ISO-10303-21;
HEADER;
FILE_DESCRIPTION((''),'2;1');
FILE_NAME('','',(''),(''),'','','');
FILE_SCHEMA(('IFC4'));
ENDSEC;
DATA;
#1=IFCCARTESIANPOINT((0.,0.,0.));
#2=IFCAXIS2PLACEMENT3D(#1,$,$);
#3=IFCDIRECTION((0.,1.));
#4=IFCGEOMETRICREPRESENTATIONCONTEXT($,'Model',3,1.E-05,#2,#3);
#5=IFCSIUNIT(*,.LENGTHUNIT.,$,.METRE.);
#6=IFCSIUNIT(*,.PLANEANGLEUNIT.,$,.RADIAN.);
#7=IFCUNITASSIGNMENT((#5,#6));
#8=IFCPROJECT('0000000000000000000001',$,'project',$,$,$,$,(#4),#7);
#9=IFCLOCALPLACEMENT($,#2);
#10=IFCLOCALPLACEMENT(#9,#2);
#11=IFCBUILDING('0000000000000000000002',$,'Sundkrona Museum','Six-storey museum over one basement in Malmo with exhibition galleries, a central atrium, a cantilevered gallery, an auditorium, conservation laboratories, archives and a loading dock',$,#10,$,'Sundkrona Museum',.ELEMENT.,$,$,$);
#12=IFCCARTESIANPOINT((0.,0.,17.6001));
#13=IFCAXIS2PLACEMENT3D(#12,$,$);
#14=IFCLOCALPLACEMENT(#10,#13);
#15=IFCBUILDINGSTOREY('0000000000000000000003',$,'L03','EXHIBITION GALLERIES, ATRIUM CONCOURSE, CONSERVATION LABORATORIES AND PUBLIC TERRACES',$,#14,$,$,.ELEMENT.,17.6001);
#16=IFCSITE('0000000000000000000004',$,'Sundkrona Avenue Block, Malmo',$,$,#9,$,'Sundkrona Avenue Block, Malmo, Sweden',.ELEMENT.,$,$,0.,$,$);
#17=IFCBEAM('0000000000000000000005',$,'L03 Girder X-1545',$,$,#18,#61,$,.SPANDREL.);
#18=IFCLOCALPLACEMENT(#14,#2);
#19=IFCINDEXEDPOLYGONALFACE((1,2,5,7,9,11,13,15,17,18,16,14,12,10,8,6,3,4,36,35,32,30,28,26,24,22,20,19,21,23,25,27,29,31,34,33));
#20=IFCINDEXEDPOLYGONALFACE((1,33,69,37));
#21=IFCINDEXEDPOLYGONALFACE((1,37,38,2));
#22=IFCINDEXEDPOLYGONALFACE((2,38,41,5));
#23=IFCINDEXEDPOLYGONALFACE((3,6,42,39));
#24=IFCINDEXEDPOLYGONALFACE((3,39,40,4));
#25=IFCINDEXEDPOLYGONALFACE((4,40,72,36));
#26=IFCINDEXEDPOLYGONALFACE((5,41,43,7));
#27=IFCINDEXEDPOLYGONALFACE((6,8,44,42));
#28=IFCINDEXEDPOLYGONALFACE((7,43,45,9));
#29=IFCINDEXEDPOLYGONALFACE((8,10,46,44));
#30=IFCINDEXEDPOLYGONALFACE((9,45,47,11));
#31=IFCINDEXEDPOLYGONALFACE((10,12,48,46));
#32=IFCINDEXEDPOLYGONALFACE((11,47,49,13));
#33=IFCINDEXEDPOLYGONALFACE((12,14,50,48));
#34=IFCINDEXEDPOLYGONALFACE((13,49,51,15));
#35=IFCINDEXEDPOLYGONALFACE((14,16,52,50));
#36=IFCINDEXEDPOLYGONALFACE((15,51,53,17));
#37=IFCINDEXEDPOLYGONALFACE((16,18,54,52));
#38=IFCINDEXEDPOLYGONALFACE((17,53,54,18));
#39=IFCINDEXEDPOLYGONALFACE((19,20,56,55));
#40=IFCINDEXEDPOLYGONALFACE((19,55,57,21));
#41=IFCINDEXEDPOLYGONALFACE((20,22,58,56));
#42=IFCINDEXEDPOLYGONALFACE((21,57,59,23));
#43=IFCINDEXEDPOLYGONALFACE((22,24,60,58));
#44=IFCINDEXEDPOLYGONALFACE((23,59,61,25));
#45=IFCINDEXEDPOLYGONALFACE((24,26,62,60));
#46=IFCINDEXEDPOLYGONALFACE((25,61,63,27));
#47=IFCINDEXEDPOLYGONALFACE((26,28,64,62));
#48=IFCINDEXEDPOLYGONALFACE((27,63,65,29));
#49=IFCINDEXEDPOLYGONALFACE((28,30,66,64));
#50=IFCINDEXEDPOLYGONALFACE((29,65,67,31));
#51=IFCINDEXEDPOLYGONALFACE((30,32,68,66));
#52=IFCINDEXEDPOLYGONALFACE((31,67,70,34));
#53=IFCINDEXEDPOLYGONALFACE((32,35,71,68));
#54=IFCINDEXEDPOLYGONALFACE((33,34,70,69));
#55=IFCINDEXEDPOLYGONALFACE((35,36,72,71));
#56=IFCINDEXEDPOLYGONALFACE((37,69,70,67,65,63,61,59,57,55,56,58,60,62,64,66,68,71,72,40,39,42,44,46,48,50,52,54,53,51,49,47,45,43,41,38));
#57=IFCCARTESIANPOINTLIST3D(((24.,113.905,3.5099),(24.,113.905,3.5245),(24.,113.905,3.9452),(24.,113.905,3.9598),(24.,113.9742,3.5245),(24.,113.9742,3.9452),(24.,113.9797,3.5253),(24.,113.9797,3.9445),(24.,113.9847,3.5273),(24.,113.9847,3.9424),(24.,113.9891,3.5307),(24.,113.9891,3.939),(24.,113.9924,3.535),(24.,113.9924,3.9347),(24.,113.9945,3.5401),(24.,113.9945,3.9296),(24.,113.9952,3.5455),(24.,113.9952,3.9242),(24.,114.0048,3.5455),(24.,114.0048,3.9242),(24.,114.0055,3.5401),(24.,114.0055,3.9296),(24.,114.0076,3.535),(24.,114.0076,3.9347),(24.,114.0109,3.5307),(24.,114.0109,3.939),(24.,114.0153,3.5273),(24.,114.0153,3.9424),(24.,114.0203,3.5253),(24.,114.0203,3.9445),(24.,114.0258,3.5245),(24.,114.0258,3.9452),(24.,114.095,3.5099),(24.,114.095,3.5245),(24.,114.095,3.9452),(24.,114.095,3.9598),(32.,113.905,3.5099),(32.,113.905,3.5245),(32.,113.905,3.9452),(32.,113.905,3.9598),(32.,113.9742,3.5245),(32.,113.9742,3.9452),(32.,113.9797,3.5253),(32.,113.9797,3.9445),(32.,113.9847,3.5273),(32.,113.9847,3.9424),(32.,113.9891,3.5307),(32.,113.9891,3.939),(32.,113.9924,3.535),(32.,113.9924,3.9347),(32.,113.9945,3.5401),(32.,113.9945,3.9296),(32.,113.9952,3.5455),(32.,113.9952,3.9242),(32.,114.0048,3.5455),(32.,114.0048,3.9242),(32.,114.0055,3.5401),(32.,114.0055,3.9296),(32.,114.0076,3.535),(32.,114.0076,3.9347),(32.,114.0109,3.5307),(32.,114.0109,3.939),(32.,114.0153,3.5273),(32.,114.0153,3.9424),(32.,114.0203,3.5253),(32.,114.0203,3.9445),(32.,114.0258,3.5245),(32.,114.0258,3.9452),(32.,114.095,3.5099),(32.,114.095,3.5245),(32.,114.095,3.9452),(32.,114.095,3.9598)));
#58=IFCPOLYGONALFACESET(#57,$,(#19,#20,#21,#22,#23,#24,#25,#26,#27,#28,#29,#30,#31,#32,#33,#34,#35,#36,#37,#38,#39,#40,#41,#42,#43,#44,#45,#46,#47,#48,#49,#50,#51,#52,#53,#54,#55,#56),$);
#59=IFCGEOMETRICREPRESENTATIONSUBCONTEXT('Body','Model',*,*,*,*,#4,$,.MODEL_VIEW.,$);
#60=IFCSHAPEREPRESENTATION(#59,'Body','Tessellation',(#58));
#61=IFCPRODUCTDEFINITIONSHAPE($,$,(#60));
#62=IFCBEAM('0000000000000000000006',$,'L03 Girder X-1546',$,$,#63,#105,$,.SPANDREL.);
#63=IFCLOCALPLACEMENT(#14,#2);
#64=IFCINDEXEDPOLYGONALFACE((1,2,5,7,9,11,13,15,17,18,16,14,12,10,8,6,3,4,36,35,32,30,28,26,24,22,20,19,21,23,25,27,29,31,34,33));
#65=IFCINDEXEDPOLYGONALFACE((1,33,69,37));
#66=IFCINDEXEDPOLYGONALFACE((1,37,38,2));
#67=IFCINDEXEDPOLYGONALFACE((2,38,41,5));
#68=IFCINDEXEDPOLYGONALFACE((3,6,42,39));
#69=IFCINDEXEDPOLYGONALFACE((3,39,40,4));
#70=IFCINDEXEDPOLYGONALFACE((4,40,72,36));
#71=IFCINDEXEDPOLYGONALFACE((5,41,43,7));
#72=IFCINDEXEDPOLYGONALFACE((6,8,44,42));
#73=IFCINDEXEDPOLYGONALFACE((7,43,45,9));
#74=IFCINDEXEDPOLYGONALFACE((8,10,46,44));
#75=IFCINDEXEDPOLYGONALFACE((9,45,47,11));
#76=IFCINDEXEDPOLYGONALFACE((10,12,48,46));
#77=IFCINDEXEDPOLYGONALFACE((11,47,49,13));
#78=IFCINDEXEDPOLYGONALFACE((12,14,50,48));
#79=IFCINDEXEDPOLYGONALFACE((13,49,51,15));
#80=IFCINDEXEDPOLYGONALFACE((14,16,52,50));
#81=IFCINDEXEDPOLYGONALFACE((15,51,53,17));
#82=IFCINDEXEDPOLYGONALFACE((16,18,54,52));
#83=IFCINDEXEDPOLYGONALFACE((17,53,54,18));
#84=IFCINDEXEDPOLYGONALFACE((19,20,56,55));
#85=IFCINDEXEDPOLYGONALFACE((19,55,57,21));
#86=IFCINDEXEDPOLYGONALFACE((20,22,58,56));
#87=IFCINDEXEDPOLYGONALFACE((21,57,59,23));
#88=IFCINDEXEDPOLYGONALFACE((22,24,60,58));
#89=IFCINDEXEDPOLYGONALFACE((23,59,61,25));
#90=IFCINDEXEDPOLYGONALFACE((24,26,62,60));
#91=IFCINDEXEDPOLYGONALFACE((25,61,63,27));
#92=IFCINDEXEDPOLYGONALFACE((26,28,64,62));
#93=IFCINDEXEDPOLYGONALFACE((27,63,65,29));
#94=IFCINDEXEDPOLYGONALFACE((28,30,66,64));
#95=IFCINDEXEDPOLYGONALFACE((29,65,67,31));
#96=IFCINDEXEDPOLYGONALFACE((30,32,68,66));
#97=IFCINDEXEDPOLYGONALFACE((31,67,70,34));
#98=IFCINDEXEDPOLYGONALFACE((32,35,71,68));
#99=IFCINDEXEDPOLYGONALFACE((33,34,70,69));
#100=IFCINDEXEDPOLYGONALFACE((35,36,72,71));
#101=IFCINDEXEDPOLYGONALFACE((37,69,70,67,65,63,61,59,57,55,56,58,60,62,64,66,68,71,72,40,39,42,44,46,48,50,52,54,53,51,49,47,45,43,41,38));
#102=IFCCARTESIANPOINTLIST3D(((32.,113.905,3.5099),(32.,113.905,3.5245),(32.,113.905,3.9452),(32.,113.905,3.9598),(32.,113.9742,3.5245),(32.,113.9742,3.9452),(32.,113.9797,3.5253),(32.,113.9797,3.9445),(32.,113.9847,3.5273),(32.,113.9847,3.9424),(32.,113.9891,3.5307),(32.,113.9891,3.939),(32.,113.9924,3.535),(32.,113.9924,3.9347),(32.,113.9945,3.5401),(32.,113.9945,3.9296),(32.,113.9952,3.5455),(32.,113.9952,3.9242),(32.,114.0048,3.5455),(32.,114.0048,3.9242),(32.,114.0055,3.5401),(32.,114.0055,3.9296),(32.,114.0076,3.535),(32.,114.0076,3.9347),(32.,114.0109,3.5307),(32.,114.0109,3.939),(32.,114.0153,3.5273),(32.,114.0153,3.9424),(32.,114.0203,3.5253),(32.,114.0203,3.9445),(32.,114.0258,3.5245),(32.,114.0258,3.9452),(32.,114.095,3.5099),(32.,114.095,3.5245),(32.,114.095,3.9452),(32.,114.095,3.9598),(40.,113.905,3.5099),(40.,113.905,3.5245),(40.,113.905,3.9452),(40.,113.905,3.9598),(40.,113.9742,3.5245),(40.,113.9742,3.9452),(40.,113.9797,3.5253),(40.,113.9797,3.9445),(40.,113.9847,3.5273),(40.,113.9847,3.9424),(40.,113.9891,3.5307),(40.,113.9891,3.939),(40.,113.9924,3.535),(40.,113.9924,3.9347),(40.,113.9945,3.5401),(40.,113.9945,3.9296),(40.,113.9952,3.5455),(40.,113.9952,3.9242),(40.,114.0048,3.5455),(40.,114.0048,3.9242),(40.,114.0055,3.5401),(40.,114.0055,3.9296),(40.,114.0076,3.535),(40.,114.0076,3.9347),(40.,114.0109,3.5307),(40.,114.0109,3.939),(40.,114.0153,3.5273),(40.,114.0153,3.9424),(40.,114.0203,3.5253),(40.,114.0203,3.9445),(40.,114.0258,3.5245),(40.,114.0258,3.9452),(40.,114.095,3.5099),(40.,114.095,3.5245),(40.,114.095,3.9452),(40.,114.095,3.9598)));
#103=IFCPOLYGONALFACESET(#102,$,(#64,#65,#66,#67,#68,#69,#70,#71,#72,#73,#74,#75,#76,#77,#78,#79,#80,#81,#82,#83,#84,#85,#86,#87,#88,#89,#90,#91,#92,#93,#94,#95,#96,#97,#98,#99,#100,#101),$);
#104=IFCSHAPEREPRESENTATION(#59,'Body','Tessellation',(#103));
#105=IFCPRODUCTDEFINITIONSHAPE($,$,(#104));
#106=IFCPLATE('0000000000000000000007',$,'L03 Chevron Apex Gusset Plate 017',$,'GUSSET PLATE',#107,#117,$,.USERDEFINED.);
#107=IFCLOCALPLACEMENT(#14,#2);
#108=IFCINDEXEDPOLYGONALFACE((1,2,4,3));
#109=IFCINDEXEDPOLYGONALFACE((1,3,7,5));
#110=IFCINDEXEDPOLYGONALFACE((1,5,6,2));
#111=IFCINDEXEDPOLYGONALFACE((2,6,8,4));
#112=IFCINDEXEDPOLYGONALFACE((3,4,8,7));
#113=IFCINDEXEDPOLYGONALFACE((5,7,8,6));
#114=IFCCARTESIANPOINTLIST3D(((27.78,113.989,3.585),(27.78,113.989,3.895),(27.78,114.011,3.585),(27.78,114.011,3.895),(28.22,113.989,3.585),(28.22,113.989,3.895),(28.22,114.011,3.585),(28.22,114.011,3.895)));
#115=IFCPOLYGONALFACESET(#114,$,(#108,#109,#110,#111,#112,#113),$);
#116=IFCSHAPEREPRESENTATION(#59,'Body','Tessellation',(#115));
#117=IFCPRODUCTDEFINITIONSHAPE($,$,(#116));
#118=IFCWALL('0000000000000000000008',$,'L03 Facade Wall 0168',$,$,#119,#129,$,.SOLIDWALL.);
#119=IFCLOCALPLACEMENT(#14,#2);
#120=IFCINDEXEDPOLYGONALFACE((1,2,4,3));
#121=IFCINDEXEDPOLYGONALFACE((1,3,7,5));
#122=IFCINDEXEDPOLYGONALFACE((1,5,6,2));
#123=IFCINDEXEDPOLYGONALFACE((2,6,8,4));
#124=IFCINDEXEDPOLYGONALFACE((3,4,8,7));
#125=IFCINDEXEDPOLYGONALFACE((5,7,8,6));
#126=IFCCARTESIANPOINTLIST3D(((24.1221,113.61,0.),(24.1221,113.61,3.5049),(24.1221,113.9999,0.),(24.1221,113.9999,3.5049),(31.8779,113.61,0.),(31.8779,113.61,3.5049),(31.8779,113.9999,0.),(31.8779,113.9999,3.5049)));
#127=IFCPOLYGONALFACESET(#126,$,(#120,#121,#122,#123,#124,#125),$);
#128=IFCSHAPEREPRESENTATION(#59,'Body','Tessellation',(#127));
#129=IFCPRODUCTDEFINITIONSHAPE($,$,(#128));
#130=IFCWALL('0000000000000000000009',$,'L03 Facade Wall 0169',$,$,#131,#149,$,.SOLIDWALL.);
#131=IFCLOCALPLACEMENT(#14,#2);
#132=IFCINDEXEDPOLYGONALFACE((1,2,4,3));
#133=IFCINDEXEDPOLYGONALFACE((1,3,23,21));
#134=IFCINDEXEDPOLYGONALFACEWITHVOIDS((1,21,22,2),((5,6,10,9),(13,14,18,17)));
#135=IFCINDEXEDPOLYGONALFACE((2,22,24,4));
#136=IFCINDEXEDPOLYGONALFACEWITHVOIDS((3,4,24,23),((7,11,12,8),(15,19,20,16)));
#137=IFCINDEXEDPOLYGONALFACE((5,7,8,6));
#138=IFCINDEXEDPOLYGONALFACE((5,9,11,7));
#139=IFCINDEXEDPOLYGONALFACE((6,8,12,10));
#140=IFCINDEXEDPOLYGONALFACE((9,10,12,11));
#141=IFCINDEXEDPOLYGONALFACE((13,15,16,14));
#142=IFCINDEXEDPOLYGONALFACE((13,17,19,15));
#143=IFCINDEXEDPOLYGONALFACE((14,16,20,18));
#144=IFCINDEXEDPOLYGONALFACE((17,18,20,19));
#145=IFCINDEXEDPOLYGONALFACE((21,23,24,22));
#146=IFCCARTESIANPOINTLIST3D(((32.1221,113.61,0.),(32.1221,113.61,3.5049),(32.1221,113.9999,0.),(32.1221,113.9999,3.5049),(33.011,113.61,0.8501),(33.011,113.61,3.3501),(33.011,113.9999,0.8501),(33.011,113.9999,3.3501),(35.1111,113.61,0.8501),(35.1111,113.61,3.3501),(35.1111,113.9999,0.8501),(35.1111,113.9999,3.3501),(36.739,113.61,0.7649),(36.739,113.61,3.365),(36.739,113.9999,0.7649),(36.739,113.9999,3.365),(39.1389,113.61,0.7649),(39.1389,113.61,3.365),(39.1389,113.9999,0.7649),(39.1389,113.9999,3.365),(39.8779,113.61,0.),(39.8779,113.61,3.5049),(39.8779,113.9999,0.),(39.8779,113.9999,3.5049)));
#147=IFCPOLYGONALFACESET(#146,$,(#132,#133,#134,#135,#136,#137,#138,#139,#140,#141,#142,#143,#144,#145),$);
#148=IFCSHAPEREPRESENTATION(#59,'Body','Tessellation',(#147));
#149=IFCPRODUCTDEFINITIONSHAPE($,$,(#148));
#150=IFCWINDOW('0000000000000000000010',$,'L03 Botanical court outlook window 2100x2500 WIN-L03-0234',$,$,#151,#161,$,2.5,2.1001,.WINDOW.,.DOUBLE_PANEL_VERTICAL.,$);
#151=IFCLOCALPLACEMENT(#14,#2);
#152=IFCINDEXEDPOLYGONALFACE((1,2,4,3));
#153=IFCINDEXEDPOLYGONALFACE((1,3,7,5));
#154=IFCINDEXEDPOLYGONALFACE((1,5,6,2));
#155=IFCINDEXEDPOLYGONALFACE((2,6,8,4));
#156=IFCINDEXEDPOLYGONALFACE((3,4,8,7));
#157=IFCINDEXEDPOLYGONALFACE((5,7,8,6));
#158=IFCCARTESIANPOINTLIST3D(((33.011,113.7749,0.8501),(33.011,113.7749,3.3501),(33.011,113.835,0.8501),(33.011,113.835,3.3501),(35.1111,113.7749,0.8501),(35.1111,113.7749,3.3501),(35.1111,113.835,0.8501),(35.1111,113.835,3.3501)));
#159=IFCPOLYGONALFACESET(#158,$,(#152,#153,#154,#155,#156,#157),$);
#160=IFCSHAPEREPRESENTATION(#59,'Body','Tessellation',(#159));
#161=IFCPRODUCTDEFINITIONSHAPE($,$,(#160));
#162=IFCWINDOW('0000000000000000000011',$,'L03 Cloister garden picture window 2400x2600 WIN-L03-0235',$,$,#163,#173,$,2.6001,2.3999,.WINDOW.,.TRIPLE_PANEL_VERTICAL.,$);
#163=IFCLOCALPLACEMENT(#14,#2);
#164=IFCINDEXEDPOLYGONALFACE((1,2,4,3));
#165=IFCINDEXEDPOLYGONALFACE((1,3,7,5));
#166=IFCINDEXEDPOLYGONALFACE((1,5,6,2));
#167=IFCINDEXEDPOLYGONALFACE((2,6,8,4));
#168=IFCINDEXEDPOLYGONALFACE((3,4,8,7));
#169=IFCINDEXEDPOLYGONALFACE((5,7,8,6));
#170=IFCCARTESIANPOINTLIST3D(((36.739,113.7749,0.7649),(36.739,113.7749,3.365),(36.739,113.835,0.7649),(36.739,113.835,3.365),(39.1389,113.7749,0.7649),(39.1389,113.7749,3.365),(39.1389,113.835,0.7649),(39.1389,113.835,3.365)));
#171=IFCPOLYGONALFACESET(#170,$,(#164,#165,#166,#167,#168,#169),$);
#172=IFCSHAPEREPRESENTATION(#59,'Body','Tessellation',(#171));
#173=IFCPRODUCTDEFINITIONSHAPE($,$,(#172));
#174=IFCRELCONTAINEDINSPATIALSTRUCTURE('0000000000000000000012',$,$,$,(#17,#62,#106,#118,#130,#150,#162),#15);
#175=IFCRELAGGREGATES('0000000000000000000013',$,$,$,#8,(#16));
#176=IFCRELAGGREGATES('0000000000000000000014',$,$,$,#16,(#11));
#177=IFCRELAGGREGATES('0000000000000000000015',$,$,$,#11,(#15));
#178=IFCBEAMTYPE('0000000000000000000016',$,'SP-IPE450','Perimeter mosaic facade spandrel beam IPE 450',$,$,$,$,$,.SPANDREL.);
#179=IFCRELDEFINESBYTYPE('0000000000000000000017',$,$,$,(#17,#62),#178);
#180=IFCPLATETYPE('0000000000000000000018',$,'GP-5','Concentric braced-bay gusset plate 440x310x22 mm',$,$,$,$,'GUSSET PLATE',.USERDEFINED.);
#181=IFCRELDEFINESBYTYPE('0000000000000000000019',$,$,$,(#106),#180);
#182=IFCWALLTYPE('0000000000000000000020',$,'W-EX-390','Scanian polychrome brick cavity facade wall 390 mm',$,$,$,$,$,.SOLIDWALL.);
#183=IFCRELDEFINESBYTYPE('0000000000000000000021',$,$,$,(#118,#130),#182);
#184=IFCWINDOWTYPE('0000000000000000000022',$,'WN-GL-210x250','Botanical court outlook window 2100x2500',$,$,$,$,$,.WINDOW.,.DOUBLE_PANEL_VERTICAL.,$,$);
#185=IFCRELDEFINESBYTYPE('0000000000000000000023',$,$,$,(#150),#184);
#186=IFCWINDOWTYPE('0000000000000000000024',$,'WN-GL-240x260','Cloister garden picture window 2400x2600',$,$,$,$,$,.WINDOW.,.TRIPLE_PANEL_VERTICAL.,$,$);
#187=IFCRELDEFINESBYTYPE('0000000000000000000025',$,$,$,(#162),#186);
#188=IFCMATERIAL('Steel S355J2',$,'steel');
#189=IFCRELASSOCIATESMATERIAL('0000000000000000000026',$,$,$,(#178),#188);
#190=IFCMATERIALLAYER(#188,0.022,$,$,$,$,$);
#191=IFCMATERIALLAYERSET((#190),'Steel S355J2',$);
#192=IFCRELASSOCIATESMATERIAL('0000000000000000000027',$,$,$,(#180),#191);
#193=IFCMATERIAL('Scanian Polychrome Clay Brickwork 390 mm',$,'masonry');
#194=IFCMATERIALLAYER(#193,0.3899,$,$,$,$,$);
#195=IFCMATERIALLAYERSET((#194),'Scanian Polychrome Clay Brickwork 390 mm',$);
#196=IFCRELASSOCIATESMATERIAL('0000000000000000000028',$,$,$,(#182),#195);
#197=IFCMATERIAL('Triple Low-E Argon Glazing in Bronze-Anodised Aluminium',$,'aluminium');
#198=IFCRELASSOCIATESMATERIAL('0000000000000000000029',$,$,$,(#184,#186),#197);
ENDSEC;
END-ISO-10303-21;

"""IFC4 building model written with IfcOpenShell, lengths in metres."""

from ifc_helpers import new_model, si_unit, direction, frame, frame_2d, origin, origin_2d, place, context, subcontext, project, spatial, rectangle, i_section, extrude, material, layer, layer_set, material_profile, profile_set, type_object, element, fill, save


model = new_model("IFC4")

# Units and contexts
model_context = context("Model", 3, precision=1e-05, world=origin(), true_north=direction((0.0, 1.0)))
body_context = subcontext(model_context, "Body", "Model", "MODEL_VIEW")
ifc_project = project(units=[si_unit("LENGTHUNIT", "METRE"), si_unit("PLANEANGLEUNIT", "RADIAN")], contexts=[model_context])

# Site, building, storey
site_placement = place(None, origin())
site = spatial("IfcSite", under=ifc_project, at=site_placement, Name="Sundkrona Avenue Block, Malmo", LongName="Sundkrona Avenue Block, Malmo, Sweden", CompositionType="ELEMENT", RefElevation=0.0)
building_placement = place(site_placement, origin())
building = spatial("IfcBuilding", under=site, at=building_placement, Name="Sundkrona Museum", Description="Six-storey museum over one basement in Malmo with exhibition galleries, a central atrium, a cantilevered gallery, an auditorium, conservation laboratories, archives and a loading dock", LongName="Sundkrona Museum", CompositionType="ELEMENT")
storey_placement = place(building_placement, frame((0.0, 0.0, 17.6001)))
storey = spatial("IfcBuildingStorey", under=building, at=storey_placement, Name="L03", Description="EXHIBITION GALLERIES, ATRIUM CONCOURSE, CONSERVATION LABORATORIES AND PUBLIC TERRACES", CompositionType="ELEMENT", Elevation=17.6001)

# Shared definitions
ifc_material_1 = material(Name="Steel S355J2", Category="steel")

# Beams
ifc_material_profile_1 = material_profile(ifc_material_1, i_section(OverallWidth=0.1899, OverallDepth=0.45, WebThickness=0.0095, FlangeThickness=0.0146, FilletRadius=0.021, at=origin_2d()), Name="IPE 450")
ifc_profile_set_1 = profile_set([ifc_material_profile_1], Name="Steel S355J2")
beam_type_1 = type_object("IfcBeamType", Name="SP-IPE450", Description="Perimeter mosaic facade spandrel beam IPE 450", PredefinedType="SPANDREL", material=ifc_profile_set_1)
for number, where, z_axis, x_axis, name in (
    (1, (24.0, 114.0, 3.7349), (1.0, 0.0, 0.0), (0.0, 1.0, 0.0), "L03 Girder X-1545"),
    (2, (32.0, 114.0, 3.7349), (1.0, 0.0, 0.0), (0.0, 1.0, 0.0), "L03 Girder X-1546"),
):
    element("IfcBeam", number, at=place(storey_placement, frame(where, z_axis=z_axis, x_axis=x_axis)), inside=storey, type_object=beam_type_1, Name=name, PredefinedType="SPANDREL", context=body_context, shape_type="SweptSolid", body=[
        extrude(i_section(OverallWidth=0.1899, OverallDepth=0.45, WebThickness=0.0095, FlangeThickness=0.0146, FilletRadius=0.021, at=origin_2d()), origin(), (0.0, 0.0, 1.0), 8.0),
    ])

# Plate
ifc_layer_1 = layer(ifc_material_1, 0.022)
ifc_layer_set_1 = layer_set([ifc_layer_1], Name="Steel S355J2")
plate_type = type_object("IfcPlateType", Name="GP-5", Description="Concentric braced-bay gusset plate 440x310x22 mm", ElementType="GUSSET PLATE", PredefinedType="USERDEFINED", material=ifc_layer_set_1)
plate_placement = place(storey_placement, frame((28.0, 114.0, 3.585), z_axis=(0.0, 0.0, 1.0), x_axis=(1.0, 0.0, 0.0)))
element("IfcPlate", 3, at=plate_placement, inside=storey, type_object=plate_type, Name="L03 Chevron Apex Gusset Plate 017", ObjectType="GUSSET PLATE", PredefinedType="USERDEFINED", context=body_context, shape_type="SweptSolid", body=[
    extrude(rectangle(XDim=0.4399, YDim=0.022, at=origin_2d()), origin(), (0.0, 0.0, 1.0), 0.3101),
])

# Wall
ifc_material_2 = material(Name="Scanian Polychrome Clay Brickwork 390 mm", Category="masonry")
ifc_layer_2 = layer(ifc_material_2, 0.3899)
ifc_layer_set_2 = layer_set([ifc_layer_2], Name="Scanian Polychrome Clay Brickwork 390 mm")
wall_type = type_object("IfcWallType", Name="W-EX-390", Description="Scanian polychrome brick cavity facade wall 390 mm", PredefinedType="SOLIDWALL", material=ifc_layer_set_2)
wall_1_placement = place(storey_placement, frame((24.1221, 113.8049, 0.0), z_axis=(0.0, 0.0, 1.0), x_axis=(1.0, 0.0, 0.0)))
element("IfcWall", 4, at=wall_1_placement, inside=storey, type_object=wall_type, Name="L03 Facade Wall 0168", PredefinedType="SOLIDWALL", context=body_context, shape_type="SweptSolid", body=[
    extrude(rectangle(XDim=7.7559, YDim=0.3899, at=frame_2d((3.8779, 0.0))), origin(), (0.0, 0.0, 1.0), 3.5049),
])

# Wall, openings, windows
wall_2_placement = place(storey_placement, frame((32.1221, 113.8049, 0.0), z_axis=(0.0, 0.0, 1.0), x_axis=(1.0, 0.0, 0.0)))
wall_2 = element("IfcWall", 5, at=wall_2_placement, inside=storey, type_object=wall_type, Name="L03 Facade Wall 0169", PredefinedType="SOLIDWALL", context=body_context, shape_type="SweptSolid", body=[
    extrude(rectangle(XDim=7.7559, YDim=0.3899, at=frame_2d((3.8779, 0.0))), origin(), (0.0, 0.0, 1.0), 3.5049),
])
opening_1_placement = place(wall_2_placement, frame((0.8889, 0.0, 0.8501)))
opening_1 = element("IfcOpeningElement", 6, at=opening_1_placement, cuts=wall_2, PredefinedType="OPENING", context=body_context, shape_type="SweptSolid", body=[
    extrude(rectangle(XDim=2.1001, YDim=2.5, at=frame_2d((1.05, 1.25))), frame((0.0, 0.2048, 0.0), z_axis=(0.0, -1.0, 0.0), x_axis=(1.0, 0.0, 0.0)), (0.0, 0.0, 1.0), 0.4099),
])
opening_2_placement = place(wall_2_placement, frame((4.6169, 0.0, 0.7649)))
opening_2 = element("IfcOpeningElement", 7, at=opening_2_placement, cuts=wall_2, PredefinedType="OPENING", context=body_context, shape_type="SweptSolid", body=[
    extrude(rectangle(XDim=2.3999, YDim=2.6001, at=frame_2d((1.2, 1.3))), frame((0.0, 0.2048, 0.0), z_axis=(0.0, -1.0, 0.0), x_axis=(1.0, 0.0, 0.0)), (0.0, 0.0, 1.0), 0.4099),
])
ifc_material_3 = material(Name="Triple Low-E Argon Glazing in Bronze-Anodised Aluminium", Category="aluminium")
window_type_1 = type_object("IfcWindowType", Name="WN-GL-210x250", Description="Botanical court outlook window 2100x2500", PartitioningType="DOUBLE_PANEL_VERTICAL", PredefinedType="WINDOW", material=ifc_material_3)
window_1_placement = place(opening_1_placement, origin())
window_1 = element("IfcWindow", 8, at=window_1_placement, inside=storey, type_object=window_type_1, Name="L03 Botanical court outlook window 2100x2500 WIN-L03-0234", OverallHeight=2.5, OverallWidth=2.1001, PartitioningType="DOUBLE_PANEL_VERTICAL", PredefinedType="WINDOW", context=body_context, shape_type="SweptSolid", body=[
    extrude(rectangle(XDim=2.1001, YDim=2.5, at=frame_2d((1.05, 1.25))), frame((0.0, 0.03, 0.0), z_axis=(0.0, -1.0, 0.0), x_axis=(1.0, 0.0, 0.0)), (0.0, 0.0, 1.0), 0.0601),
])
fill(opening_1, window_1)
window_type_2 = type_object("IfcWindowType", Name="WN-GL-240x260", Description="Cloister garden picture window 2400x2600", PartitioningType="TRIPLE_PANEL_VERTICAL", PredefinedType="WINDOW", material=ifc_material_3)
window_2_placement = place(opening_2_placement, origin())
window_2 = element("IfcWindow", 9, at=window_2_placement, inside=storey, type_object=window_type_2, Name="L03 Cloister garden picture window 2400x2600 WIN-L03-0235", OverallHeight=2.6001, OverallWidth=2.3999, PartitioningType="TRIPLE_PANEL_VERTICAL", PredefinedType="WINDOW", context=body_context, shape_type="SweptSolid", body=[
    extrude(rectangle(XDim=2.3999, YDim=2.6001, at=frame_2d((1.2, 1.3))), frame((0.0, 0.03, 0.0), z_axis=(0.0, -1.0, 0.0), x_axis=(1.0, 0.0, 0.0)), (0.0, 0.0, 1.0), 0.0601),
])
fill(opening_2, window_2)

save(model, "model.ifc")
